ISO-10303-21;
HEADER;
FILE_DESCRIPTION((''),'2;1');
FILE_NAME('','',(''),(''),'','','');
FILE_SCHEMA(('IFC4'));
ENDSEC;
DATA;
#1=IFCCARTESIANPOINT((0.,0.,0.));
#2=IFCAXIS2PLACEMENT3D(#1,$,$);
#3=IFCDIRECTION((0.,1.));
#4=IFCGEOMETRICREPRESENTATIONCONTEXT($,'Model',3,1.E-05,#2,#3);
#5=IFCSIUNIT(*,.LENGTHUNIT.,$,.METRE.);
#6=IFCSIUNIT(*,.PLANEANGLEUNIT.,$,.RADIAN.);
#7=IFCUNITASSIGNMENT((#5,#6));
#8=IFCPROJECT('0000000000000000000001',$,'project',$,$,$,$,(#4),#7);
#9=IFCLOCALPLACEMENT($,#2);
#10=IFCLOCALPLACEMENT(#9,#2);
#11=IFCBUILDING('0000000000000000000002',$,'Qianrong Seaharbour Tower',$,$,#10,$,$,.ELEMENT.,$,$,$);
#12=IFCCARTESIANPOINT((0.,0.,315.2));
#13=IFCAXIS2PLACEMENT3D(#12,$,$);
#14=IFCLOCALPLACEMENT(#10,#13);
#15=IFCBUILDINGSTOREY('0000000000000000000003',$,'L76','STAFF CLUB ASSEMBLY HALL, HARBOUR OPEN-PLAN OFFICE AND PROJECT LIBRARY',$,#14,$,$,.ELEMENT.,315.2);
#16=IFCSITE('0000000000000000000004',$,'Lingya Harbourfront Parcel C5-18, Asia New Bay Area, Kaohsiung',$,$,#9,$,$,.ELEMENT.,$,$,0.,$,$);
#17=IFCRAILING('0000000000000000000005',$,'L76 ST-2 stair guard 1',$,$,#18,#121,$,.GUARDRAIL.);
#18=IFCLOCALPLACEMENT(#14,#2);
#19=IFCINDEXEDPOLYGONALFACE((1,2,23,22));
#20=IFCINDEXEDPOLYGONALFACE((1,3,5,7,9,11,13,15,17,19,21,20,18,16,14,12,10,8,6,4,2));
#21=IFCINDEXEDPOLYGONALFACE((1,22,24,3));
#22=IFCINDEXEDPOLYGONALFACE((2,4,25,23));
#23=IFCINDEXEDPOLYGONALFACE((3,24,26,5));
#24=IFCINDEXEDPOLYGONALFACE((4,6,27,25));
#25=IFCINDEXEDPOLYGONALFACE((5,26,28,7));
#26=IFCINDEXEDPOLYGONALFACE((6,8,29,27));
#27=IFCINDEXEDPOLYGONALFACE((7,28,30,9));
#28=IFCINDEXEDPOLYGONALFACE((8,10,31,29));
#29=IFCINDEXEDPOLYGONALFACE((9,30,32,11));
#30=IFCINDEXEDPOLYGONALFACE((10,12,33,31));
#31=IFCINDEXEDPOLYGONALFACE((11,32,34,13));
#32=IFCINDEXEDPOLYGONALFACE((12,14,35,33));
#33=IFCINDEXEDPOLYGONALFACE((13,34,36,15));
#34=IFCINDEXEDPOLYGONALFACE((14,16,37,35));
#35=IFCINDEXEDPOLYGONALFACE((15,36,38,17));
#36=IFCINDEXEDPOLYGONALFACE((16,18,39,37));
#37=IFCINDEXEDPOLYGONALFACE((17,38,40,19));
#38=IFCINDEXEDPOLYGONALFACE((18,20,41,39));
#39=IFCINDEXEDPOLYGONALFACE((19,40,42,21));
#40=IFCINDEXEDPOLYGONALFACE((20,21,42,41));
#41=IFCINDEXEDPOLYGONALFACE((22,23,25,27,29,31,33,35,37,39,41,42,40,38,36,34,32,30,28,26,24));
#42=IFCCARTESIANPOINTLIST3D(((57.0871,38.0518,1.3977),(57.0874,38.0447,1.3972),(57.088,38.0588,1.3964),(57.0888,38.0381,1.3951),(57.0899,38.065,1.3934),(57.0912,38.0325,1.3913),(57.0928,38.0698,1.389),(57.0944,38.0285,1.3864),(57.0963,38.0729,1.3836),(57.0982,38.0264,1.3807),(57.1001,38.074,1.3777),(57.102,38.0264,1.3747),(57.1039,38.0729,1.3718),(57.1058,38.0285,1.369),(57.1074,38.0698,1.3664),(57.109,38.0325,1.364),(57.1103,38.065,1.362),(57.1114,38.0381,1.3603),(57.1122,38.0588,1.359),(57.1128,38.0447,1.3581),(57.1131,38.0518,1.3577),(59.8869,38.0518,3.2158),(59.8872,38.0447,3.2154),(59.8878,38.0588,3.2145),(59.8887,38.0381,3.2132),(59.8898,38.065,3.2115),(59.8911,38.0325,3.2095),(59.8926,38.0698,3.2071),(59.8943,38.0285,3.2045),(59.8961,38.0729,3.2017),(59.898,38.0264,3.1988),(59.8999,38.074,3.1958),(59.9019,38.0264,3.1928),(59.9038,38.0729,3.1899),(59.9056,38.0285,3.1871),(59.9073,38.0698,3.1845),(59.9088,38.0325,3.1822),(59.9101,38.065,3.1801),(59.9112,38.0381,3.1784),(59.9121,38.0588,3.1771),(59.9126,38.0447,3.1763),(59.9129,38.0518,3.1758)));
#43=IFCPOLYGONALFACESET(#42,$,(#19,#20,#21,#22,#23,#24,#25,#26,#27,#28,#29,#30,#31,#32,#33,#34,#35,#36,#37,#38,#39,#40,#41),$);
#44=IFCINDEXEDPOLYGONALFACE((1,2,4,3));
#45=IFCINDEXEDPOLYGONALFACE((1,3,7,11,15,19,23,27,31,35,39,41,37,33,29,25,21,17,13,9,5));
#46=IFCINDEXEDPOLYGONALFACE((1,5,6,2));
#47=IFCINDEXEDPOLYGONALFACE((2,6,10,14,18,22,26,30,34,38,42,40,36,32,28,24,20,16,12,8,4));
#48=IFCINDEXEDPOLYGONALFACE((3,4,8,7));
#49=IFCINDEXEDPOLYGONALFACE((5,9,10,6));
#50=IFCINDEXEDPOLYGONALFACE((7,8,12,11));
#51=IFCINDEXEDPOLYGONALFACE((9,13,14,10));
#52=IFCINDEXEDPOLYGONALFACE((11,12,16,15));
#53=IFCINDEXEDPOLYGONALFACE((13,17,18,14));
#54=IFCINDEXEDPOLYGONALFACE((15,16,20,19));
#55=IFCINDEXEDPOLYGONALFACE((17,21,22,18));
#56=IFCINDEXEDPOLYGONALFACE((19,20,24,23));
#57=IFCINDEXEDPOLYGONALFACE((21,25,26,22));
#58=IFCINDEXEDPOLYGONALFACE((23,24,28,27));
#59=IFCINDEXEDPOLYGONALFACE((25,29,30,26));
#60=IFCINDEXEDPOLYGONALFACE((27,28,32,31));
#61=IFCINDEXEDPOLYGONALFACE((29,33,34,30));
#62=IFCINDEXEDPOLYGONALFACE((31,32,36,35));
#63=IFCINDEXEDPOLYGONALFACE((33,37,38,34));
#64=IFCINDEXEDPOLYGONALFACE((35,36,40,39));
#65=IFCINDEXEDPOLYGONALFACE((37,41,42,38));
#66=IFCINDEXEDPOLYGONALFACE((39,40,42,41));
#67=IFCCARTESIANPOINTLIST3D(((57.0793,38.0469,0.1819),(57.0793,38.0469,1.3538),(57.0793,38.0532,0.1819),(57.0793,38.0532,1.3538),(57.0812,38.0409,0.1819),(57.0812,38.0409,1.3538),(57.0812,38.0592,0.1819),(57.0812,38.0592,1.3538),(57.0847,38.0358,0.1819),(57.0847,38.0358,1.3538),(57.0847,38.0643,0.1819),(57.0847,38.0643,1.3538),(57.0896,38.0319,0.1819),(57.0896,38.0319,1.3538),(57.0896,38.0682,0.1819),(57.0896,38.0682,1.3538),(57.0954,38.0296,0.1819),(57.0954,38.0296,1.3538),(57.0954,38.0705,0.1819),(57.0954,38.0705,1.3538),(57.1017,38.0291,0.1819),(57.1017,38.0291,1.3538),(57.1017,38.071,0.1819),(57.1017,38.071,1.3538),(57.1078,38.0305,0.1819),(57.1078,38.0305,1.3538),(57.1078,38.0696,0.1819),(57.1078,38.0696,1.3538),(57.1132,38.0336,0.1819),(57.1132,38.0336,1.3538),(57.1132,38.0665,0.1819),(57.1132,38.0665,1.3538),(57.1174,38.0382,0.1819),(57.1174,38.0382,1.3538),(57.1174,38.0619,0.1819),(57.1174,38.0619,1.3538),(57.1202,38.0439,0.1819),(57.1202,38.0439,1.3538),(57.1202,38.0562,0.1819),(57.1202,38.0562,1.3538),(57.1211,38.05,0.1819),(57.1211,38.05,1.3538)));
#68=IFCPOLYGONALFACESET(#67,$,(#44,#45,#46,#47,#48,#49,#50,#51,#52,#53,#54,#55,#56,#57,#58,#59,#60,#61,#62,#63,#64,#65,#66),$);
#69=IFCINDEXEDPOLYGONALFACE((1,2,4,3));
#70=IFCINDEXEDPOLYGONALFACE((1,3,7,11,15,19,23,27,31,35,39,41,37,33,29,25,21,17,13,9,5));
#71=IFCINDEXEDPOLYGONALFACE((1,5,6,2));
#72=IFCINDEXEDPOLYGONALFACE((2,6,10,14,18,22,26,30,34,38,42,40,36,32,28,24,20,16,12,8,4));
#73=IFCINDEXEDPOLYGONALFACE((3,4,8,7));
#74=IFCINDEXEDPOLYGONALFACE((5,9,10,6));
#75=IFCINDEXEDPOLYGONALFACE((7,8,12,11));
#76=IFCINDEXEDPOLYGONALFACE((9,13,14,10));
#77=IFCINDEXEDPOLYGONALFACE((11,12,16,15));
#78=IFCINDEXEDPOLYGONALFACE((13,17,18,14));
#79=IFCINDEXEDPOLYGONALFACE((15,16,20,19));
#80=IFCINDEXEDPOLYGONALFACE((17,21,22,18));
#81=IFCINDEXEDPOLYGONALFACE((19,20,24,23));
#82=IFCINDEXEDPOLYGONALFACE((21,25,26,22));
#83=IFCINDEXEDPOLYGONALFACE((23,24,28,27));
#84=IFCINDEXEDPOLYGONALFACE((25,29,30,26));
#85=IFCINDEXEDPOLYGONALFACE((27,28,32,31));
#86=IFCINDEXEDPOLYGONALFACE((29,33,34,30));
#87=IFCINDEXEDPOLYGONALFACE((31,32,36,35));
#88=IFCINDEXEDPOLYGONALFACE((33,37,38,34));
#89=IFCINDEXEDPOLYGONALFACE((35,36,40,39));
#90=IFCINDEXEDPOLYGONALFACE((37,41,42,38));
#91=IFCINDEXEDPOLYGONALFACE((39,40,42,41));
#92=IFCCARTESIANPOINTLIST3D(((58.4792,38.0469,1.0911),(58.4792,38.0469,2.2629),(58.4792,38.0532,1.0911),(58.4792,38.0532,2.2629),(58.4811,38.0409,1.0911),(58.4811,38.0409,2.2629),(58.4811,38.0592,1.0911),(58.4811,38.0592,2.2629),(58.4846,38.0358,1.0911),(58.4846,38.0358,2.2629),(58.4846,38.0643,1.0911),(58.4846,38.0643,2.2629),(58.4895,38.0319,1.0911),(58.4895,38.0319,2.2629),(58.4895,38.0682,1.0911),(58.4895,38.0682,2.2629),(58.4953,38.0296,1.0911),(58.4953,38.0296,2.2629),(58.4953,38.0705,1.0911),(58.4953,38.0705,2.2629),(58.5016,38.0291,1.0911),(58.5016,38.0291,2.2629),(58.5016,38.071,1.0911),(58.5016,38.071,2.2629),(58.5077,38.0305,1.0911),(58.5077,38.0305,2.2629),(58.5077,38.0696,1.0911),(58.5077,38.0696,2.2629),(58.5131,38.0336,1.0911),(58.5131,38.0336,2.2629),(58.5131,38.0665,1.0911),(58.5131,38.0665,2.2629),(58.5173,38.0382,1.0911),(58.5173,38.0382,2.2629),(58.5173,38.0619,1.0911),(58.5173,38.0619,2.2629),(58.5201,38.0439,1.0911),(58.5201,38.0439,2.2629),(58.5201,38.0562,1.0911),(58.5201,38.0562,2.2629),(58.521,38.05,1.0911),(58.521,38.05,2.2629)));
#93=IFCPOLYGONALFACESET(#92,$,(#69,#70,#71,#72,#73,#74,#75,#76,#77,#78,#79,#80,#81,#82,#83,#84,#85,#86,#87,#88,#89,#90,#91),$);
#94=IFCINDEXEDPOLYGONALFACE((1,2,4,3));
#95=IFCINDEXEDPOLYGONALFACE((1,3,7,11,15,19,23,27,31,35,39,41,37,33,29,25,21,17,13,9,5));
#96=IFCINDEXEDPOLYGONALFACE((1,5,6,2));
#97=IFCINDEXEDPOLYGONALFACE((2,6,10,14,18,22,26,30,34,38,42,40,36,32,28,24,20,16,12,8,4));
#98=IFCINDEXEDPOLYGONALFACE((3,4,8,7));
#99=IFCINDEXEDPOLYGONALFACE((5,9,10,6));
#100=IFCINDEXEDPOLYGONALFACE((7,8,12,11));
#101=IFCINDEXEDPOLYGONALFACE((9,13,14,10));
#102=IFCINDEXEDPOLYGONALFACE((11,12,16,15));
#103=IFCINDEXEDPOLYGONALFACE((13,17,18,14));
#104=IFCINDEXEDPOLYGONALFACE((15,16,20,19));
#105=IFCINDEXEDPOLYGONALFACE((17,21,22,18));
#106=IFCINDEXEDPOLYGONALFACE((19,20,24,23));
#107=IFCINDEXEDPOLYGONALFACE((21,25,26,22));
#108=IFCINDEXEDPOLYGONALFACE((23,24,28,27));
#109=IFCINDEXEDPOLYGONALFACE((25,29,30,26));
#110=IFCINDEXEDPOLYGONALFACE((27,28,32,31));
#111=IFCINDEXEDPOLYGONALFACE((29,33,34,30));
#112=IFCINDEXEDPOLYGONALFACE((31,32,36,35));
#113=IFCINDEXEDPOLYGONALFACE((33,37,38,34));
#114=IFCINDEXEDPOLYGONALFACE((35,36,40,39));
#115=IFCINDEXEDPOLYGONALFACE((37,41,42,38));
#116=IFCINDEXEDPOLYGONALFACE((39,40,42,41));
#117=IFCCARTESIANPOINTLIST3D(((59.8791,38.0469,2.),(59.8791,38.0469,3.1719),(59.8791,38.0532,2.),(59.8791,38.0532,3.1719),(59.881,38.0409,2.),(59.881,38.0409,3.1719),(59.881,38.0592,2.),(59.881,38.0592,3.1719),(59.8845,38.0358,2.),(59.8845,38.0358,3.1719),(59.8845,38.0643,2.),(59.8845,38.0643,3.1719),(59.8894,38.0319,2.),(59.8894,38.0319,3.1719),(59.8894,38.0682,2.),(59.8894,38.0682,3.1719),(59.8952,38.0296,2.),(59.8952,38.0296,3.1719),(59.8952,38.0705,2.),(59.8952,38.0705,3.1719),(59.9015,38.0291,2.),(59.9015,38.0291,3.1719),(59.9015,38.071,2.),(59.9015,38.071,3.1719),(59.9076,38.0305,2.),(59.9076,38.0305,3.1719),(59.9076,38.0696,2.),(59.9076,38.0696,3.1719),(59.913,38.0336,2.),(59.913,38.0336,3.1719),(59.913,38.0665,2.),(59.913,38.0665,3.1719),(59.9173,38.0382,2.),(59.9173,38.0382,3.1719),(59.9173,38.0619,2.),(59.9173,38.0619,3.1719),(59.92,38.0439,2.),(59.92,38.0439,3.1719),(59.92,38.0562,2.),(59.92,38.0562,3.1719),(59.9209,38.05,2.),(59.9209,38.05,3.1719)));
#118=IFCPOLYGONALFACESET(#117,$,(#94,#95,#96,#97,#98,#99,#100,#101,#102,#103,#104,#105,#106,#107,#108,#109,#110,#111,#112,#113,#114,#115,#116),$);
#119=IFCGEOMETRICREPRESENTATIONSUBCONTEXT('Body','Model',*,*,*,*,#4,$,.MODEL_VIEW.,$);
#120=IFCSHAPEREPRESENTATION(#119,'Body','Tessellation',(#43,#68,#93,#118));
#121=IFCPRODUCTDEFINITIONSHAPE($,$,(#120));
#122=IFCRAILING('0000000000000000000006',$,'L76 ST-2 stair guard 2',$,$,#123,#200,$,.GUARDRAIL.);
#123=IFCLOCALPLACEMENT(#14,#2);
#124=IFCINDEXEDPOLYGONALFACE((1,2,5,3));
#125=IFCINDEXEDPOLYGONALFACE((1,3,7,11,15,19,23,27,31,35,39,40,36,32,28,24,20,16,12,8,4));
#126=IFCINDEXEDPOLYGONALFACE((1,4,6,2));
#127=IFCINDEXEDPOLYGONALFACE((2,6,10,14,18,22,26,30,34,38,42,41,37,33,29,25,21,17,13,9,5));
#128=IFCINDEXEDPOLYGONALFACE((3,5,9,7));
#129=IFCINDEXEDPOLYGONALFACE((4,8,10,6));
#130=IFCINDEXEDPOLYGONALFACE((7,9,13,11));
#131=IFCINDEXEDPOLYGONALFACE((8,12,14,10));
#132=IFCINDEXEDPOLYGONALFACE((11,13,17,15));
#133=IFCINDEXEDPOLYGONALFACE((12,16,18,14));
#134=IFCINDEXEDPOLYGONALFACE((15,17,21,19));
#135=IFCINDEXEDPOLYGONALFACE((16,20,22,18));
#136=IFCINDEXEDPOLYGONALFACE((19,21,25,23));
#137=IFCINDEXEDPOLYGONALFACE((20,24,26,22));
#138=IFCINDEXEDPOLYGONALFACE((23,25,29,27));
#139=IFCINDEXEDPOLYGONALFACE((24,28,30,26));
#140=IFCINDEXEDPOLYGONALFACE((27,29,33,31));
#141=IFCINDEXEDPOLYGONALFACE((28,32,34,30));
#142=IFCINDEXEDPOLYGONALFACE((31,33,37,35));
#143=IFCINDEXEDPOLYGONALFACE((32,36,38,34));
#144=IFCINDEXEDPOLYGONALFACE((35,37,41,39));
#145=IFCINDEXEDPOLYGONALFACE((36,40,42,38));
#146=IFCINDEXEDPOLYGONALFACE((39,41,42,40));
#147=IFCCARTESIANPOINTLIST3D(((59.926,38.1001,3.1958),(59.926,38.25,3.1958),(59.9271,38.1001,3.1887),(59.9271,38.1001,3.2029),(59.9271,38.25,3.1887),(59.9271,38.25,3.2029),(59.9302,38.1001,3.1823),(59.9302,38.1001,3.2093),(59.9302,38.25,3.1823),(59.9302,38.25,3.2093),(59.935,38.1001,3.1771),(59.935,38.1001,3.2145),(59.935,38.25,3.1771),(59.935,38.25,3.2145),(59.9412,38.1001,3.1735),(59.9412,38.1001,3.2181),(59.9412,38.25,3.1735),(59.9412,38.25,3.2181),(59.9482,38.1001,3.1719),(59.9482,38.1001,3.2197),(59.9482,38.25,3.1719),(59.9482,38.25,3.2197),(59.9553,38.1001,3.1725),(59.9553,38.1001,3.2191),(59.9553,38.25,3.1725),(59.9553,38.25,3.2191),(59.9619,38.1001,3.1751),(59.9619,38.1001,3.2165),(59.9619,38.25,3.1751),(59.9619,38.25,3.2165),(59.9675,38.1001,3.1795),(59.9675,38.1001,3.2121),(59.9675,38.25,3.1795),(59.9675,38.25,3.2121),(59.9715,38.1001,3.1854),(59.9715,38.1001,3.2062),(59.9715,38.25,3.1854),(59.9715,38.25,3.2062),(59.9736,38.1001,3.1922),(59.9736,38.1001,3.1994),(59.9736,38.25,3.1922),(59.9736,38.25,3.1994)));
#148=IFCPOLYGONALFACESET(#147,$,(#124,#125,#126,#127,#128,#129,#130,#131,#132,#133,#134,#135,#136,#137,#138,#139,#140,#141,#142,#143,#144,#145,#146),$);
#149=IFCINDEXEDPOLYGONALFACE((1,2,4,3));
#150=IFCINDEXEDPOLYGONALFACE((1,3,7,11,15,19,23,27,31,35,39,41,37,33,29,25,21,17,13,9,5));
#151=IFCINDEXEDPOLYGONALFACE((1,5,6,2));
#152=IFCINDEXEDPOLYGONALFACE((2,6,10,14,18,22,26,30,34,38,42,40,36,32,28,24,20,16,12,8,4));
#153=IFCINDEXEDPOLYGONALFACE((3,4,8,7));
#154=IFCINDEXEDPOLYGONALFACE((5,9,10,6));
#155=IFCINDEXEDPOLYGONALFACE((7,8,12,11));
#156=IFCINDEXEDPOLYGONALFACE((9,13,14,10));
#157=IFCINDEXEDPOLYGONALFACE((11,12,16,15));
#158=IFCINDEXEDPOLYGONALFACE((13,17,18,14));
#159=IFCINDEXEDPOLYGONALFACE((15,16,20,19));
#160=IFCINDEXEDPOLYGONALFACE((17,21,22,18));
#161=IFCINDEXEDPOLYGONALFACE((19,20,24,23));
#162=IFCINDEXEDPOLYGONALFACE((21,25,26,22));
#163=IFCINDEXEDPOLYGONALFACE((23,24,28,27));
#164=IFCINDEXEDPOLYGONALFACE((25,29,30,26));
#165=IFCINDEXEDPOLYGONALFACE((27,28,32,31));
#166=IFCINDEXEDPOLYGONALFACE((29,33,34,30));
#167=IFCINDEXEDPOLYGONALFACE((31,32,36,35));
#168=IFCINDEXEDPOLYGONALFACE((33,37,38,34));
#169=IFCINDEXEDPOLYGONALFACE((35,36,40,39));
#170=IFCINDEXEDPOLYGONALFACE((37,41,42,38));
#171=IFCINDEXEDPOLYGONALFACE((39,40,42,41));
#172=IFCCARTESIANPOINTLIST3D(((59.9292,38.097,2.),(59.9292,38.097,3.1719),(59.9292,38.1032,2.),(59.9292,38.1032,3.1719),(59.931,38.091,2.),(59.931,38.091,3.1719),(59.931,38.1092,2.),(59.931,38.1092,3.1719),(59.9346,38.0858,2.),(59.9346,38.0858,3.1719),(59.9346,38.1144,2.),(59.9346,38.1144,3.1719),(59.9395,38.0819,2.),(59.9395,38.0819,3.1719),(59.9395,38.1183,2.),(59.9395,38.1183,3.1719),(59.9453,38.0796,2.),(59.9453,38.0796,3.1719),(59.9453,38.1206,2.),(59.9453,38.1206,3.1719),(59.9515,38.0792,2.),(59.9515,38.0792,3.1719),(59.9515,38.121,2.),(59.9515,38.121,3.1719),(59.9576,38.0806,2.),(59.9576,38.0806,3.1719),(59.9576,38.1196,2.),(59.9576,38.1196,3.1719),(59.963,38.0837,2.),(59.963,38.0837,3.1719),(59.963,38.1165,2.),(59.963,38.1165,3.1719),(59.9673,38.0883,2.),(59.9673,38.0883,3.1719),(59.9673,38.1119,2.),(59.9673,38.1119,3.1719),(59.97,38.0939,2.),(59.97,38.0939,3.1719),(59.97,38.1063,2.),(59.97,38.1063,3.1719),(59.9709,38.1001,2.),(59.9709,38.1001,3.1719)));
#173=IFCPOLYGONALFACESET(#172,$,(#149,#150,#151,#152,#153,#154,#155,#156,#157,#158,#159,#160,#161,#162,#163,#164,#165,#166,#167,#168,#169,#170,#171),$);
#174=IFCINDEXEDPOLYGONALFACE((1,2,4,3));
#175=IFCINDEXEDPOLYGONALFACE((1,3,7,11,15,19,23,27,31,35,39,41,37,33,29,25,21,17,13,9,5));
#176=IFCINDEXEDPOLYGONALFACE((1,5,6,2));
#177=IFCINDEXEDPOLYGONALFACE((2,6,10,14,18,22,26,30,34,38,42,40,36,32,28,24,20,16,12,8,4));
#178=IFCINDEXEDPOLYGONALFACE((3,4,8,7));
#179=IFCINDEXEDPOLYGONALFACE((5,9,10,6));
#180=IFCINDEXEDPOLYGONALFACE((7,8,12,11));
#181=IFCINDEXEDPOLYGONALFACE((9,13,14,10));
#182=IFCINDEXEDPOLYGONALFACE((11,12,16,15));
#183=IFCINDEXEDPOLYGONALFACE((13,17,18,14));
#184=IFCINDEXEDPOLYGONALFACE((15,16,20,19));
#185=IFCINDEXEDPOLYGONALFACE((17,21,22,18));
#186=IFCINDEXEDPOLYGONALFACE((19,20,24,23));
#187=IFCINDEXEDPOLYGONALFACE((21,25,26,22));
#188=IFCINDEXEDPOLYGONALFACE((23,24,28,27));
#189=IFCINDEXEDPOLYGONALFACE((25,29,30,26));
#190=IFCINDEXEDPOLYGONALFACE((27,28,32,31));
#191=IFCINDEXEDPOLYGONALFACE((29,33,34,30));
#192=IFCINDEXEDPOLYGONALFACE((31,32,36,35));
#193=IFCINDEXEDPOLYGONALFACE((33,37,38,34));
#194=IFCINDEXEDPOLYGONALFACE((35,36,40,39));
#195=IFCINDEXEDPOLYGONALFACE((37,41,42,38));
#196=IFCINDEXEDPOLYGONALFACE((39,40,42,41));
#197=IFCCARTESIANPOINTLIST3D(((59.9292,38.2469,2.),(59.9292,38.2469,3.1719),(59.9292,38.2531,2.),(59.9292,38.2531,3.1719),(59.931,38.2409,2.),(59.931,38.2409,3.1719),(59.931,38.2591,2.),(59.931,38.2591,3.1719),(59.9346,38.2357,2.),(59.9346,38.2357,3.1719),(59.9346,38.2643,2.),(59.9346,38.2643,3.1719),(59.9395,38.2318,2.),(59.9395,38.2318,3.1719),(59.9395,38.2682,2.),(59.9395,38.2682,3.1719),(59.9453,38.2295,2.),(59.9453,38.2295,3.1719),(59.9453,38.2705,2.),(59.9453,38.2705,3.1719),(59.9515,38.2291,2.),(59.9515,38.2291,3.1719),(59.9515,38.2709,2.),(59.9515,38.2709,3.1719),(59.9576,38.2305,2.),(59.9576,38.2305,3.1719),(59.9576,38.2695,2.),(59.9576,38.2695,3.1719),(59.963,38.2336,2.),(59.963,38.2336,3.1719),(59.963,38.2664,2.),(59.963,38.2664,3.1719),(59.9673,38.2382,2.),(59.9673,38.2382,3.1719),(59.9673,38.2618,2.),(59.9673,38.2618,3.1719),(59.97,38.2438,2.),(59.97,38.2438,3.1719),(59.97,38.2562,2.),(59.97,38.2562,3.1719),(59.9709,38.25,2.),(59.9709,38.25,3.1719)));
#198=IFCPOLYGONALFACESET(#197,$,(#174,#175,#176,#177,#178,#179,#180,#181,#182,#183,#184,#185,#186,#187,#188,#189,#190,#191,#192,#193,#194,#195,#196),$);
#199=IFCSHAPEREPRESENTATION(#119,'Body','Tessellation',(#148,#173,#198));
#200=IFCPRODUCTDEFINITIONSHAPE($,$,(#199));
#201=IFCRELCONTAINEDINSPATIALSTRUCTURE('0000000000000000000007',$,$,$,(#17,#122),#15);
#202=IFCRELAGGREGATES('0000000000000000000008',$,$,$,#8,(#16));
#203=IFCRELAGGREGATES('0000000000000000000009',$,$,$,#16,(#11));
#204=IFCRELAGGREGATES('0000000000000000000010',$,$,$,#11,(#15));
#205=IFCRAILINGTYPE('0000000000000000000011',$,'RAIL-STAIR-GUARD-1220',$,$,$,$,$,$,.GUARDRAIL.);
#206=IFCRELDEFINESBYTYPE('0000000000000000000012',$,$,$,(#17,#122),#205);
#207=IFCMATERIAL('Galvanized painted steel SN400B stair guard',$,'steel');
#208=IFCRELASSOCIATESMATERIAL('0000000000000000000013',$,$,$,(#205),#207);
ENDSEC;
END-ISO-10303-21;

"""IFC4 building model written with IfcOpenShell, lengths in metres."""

from ifc_helpers import new_model, si_unit, direction, frame, origin, origin_2d, place, context, subcontext, project, spatial, circle, extrude, material, type_object, element, save


model = new_model("IFC4")

# Units and contexts
model_context = context("Model", 3, precision=1e-05, world=origin(), true_north=direction((0.0, 1.0)))
body_context = subcontext(model_context, "Body", "Model", "MODEL_VIEW")
ifc_project = project(units=[si_unit("LENGTHUNIT", "METRE"), si_unit("PLANEANGLEUNIT", "RADIAN")], contexts=[model_context])

# Site, building, storey
site_placement = place(None, origin())
site = spatial("IfcSite", under=ifc_project, at=site_placement, Name="Lingya Harbourfront Parcel C5-18, Asia New Bay Area, Kaohsiung", CompositionType="ELEMENT", RefElevation=0.0)
building_placement = place(site_placement, origin())
building = spatial("IfcBuilding", under=site, at=building_placement, Name="Qianrong Seaharbour Tower", CompositionType="ELEMENT")
storey_placement = place(building_placement, frame((0.0, 0.0, 315.2)))
storey = spatial("IfcBuildingStorey", under=building, at=storey_placement, Name="L76", Description="STAFF CLUB ASSEMBLY HALL, HARBOUR OPEN-PLAN OFFICE AND PROJECT LIBRARY", CompositionType="ELEMENT", Elevation=315.2)

# Railings
ifc_material_1 = material(Name="Galvanized painted steel SN400B stair guard", Category="steel")
railing_type_1 = type_object("IfcRailingType", Name="RAIL-STAIR-GUARD-1220", PredefinedType="GUARDRAIL", material=ifc_material_1)
railing_1_placement = place(storey_placement, frame((57.1001, 38.05, 0.1819)))
element("IfcRailing", 1, at=railing_1_placement, inside=storey, type_object=railing_type_1, Name="L76 ST-2 stair guard 1", PredefinedType="GUARDRAIL", context=body_context, shape_type="SweptSolid", body=[
    extrude(circle(Radius=0.0239, at=origin_2d()), frame((0.0, 0.0, 1.1958), z_axis=(0.838684, 0.0, 0.544618), x_axis=(0.0, 1.0, 0.0)), (0.0, 0.0, 1.0), 3.3384),
    extrude(circle(Radius=0.021, at=origin_2d()), origin(), (0.0, 0.0, 1.0), 1.1719),
    extrude(circle(Radius=0.021, at=origin_2d()), frame((1.3999, 0.0, 0.9092)), (0.0, 0.0, 1.0), 1.1719),
    extrude(circle(Radius=0.021, at=origin_2d()), frame((2.7998, 0.0, 1.8181)), (0.0, 0.0, 1.0), 1.1719),
])
railing_2_placement = place(storey_placement, frame((59.95, 38.1001, 2.0)))
element("IfcRailing", 2, at=railing_2_placement, inside=storey, type_object=railing_type_1, Name="L76 ST-2 stair guard 2", PredefinedType="GUARDRAIL", context=body_context, shape_type="SweptSolid", body=[
    extrude(circle(Radius=0.0239, at=origin_2d()), frame((0.0, 0.0, 1.1958), z_axis=(0.0, 1.0, 0.0), x_axis=(-1.0, 0.0, 0.0)), (0.0, 0.0, 1.0), 0.1499),
    extrude(circle(Radius=0.021, at=origin_2d()), origin(), (0.0, 0.0, 1.0), 1.1719),
    extrude(circle(Radius=0.021, at=origin_2d()), frame((0.0, 0.1499, 0.0)), (0.0, 0.0, 1.0), 1.1719),
])

save(model, "model.ifc")
